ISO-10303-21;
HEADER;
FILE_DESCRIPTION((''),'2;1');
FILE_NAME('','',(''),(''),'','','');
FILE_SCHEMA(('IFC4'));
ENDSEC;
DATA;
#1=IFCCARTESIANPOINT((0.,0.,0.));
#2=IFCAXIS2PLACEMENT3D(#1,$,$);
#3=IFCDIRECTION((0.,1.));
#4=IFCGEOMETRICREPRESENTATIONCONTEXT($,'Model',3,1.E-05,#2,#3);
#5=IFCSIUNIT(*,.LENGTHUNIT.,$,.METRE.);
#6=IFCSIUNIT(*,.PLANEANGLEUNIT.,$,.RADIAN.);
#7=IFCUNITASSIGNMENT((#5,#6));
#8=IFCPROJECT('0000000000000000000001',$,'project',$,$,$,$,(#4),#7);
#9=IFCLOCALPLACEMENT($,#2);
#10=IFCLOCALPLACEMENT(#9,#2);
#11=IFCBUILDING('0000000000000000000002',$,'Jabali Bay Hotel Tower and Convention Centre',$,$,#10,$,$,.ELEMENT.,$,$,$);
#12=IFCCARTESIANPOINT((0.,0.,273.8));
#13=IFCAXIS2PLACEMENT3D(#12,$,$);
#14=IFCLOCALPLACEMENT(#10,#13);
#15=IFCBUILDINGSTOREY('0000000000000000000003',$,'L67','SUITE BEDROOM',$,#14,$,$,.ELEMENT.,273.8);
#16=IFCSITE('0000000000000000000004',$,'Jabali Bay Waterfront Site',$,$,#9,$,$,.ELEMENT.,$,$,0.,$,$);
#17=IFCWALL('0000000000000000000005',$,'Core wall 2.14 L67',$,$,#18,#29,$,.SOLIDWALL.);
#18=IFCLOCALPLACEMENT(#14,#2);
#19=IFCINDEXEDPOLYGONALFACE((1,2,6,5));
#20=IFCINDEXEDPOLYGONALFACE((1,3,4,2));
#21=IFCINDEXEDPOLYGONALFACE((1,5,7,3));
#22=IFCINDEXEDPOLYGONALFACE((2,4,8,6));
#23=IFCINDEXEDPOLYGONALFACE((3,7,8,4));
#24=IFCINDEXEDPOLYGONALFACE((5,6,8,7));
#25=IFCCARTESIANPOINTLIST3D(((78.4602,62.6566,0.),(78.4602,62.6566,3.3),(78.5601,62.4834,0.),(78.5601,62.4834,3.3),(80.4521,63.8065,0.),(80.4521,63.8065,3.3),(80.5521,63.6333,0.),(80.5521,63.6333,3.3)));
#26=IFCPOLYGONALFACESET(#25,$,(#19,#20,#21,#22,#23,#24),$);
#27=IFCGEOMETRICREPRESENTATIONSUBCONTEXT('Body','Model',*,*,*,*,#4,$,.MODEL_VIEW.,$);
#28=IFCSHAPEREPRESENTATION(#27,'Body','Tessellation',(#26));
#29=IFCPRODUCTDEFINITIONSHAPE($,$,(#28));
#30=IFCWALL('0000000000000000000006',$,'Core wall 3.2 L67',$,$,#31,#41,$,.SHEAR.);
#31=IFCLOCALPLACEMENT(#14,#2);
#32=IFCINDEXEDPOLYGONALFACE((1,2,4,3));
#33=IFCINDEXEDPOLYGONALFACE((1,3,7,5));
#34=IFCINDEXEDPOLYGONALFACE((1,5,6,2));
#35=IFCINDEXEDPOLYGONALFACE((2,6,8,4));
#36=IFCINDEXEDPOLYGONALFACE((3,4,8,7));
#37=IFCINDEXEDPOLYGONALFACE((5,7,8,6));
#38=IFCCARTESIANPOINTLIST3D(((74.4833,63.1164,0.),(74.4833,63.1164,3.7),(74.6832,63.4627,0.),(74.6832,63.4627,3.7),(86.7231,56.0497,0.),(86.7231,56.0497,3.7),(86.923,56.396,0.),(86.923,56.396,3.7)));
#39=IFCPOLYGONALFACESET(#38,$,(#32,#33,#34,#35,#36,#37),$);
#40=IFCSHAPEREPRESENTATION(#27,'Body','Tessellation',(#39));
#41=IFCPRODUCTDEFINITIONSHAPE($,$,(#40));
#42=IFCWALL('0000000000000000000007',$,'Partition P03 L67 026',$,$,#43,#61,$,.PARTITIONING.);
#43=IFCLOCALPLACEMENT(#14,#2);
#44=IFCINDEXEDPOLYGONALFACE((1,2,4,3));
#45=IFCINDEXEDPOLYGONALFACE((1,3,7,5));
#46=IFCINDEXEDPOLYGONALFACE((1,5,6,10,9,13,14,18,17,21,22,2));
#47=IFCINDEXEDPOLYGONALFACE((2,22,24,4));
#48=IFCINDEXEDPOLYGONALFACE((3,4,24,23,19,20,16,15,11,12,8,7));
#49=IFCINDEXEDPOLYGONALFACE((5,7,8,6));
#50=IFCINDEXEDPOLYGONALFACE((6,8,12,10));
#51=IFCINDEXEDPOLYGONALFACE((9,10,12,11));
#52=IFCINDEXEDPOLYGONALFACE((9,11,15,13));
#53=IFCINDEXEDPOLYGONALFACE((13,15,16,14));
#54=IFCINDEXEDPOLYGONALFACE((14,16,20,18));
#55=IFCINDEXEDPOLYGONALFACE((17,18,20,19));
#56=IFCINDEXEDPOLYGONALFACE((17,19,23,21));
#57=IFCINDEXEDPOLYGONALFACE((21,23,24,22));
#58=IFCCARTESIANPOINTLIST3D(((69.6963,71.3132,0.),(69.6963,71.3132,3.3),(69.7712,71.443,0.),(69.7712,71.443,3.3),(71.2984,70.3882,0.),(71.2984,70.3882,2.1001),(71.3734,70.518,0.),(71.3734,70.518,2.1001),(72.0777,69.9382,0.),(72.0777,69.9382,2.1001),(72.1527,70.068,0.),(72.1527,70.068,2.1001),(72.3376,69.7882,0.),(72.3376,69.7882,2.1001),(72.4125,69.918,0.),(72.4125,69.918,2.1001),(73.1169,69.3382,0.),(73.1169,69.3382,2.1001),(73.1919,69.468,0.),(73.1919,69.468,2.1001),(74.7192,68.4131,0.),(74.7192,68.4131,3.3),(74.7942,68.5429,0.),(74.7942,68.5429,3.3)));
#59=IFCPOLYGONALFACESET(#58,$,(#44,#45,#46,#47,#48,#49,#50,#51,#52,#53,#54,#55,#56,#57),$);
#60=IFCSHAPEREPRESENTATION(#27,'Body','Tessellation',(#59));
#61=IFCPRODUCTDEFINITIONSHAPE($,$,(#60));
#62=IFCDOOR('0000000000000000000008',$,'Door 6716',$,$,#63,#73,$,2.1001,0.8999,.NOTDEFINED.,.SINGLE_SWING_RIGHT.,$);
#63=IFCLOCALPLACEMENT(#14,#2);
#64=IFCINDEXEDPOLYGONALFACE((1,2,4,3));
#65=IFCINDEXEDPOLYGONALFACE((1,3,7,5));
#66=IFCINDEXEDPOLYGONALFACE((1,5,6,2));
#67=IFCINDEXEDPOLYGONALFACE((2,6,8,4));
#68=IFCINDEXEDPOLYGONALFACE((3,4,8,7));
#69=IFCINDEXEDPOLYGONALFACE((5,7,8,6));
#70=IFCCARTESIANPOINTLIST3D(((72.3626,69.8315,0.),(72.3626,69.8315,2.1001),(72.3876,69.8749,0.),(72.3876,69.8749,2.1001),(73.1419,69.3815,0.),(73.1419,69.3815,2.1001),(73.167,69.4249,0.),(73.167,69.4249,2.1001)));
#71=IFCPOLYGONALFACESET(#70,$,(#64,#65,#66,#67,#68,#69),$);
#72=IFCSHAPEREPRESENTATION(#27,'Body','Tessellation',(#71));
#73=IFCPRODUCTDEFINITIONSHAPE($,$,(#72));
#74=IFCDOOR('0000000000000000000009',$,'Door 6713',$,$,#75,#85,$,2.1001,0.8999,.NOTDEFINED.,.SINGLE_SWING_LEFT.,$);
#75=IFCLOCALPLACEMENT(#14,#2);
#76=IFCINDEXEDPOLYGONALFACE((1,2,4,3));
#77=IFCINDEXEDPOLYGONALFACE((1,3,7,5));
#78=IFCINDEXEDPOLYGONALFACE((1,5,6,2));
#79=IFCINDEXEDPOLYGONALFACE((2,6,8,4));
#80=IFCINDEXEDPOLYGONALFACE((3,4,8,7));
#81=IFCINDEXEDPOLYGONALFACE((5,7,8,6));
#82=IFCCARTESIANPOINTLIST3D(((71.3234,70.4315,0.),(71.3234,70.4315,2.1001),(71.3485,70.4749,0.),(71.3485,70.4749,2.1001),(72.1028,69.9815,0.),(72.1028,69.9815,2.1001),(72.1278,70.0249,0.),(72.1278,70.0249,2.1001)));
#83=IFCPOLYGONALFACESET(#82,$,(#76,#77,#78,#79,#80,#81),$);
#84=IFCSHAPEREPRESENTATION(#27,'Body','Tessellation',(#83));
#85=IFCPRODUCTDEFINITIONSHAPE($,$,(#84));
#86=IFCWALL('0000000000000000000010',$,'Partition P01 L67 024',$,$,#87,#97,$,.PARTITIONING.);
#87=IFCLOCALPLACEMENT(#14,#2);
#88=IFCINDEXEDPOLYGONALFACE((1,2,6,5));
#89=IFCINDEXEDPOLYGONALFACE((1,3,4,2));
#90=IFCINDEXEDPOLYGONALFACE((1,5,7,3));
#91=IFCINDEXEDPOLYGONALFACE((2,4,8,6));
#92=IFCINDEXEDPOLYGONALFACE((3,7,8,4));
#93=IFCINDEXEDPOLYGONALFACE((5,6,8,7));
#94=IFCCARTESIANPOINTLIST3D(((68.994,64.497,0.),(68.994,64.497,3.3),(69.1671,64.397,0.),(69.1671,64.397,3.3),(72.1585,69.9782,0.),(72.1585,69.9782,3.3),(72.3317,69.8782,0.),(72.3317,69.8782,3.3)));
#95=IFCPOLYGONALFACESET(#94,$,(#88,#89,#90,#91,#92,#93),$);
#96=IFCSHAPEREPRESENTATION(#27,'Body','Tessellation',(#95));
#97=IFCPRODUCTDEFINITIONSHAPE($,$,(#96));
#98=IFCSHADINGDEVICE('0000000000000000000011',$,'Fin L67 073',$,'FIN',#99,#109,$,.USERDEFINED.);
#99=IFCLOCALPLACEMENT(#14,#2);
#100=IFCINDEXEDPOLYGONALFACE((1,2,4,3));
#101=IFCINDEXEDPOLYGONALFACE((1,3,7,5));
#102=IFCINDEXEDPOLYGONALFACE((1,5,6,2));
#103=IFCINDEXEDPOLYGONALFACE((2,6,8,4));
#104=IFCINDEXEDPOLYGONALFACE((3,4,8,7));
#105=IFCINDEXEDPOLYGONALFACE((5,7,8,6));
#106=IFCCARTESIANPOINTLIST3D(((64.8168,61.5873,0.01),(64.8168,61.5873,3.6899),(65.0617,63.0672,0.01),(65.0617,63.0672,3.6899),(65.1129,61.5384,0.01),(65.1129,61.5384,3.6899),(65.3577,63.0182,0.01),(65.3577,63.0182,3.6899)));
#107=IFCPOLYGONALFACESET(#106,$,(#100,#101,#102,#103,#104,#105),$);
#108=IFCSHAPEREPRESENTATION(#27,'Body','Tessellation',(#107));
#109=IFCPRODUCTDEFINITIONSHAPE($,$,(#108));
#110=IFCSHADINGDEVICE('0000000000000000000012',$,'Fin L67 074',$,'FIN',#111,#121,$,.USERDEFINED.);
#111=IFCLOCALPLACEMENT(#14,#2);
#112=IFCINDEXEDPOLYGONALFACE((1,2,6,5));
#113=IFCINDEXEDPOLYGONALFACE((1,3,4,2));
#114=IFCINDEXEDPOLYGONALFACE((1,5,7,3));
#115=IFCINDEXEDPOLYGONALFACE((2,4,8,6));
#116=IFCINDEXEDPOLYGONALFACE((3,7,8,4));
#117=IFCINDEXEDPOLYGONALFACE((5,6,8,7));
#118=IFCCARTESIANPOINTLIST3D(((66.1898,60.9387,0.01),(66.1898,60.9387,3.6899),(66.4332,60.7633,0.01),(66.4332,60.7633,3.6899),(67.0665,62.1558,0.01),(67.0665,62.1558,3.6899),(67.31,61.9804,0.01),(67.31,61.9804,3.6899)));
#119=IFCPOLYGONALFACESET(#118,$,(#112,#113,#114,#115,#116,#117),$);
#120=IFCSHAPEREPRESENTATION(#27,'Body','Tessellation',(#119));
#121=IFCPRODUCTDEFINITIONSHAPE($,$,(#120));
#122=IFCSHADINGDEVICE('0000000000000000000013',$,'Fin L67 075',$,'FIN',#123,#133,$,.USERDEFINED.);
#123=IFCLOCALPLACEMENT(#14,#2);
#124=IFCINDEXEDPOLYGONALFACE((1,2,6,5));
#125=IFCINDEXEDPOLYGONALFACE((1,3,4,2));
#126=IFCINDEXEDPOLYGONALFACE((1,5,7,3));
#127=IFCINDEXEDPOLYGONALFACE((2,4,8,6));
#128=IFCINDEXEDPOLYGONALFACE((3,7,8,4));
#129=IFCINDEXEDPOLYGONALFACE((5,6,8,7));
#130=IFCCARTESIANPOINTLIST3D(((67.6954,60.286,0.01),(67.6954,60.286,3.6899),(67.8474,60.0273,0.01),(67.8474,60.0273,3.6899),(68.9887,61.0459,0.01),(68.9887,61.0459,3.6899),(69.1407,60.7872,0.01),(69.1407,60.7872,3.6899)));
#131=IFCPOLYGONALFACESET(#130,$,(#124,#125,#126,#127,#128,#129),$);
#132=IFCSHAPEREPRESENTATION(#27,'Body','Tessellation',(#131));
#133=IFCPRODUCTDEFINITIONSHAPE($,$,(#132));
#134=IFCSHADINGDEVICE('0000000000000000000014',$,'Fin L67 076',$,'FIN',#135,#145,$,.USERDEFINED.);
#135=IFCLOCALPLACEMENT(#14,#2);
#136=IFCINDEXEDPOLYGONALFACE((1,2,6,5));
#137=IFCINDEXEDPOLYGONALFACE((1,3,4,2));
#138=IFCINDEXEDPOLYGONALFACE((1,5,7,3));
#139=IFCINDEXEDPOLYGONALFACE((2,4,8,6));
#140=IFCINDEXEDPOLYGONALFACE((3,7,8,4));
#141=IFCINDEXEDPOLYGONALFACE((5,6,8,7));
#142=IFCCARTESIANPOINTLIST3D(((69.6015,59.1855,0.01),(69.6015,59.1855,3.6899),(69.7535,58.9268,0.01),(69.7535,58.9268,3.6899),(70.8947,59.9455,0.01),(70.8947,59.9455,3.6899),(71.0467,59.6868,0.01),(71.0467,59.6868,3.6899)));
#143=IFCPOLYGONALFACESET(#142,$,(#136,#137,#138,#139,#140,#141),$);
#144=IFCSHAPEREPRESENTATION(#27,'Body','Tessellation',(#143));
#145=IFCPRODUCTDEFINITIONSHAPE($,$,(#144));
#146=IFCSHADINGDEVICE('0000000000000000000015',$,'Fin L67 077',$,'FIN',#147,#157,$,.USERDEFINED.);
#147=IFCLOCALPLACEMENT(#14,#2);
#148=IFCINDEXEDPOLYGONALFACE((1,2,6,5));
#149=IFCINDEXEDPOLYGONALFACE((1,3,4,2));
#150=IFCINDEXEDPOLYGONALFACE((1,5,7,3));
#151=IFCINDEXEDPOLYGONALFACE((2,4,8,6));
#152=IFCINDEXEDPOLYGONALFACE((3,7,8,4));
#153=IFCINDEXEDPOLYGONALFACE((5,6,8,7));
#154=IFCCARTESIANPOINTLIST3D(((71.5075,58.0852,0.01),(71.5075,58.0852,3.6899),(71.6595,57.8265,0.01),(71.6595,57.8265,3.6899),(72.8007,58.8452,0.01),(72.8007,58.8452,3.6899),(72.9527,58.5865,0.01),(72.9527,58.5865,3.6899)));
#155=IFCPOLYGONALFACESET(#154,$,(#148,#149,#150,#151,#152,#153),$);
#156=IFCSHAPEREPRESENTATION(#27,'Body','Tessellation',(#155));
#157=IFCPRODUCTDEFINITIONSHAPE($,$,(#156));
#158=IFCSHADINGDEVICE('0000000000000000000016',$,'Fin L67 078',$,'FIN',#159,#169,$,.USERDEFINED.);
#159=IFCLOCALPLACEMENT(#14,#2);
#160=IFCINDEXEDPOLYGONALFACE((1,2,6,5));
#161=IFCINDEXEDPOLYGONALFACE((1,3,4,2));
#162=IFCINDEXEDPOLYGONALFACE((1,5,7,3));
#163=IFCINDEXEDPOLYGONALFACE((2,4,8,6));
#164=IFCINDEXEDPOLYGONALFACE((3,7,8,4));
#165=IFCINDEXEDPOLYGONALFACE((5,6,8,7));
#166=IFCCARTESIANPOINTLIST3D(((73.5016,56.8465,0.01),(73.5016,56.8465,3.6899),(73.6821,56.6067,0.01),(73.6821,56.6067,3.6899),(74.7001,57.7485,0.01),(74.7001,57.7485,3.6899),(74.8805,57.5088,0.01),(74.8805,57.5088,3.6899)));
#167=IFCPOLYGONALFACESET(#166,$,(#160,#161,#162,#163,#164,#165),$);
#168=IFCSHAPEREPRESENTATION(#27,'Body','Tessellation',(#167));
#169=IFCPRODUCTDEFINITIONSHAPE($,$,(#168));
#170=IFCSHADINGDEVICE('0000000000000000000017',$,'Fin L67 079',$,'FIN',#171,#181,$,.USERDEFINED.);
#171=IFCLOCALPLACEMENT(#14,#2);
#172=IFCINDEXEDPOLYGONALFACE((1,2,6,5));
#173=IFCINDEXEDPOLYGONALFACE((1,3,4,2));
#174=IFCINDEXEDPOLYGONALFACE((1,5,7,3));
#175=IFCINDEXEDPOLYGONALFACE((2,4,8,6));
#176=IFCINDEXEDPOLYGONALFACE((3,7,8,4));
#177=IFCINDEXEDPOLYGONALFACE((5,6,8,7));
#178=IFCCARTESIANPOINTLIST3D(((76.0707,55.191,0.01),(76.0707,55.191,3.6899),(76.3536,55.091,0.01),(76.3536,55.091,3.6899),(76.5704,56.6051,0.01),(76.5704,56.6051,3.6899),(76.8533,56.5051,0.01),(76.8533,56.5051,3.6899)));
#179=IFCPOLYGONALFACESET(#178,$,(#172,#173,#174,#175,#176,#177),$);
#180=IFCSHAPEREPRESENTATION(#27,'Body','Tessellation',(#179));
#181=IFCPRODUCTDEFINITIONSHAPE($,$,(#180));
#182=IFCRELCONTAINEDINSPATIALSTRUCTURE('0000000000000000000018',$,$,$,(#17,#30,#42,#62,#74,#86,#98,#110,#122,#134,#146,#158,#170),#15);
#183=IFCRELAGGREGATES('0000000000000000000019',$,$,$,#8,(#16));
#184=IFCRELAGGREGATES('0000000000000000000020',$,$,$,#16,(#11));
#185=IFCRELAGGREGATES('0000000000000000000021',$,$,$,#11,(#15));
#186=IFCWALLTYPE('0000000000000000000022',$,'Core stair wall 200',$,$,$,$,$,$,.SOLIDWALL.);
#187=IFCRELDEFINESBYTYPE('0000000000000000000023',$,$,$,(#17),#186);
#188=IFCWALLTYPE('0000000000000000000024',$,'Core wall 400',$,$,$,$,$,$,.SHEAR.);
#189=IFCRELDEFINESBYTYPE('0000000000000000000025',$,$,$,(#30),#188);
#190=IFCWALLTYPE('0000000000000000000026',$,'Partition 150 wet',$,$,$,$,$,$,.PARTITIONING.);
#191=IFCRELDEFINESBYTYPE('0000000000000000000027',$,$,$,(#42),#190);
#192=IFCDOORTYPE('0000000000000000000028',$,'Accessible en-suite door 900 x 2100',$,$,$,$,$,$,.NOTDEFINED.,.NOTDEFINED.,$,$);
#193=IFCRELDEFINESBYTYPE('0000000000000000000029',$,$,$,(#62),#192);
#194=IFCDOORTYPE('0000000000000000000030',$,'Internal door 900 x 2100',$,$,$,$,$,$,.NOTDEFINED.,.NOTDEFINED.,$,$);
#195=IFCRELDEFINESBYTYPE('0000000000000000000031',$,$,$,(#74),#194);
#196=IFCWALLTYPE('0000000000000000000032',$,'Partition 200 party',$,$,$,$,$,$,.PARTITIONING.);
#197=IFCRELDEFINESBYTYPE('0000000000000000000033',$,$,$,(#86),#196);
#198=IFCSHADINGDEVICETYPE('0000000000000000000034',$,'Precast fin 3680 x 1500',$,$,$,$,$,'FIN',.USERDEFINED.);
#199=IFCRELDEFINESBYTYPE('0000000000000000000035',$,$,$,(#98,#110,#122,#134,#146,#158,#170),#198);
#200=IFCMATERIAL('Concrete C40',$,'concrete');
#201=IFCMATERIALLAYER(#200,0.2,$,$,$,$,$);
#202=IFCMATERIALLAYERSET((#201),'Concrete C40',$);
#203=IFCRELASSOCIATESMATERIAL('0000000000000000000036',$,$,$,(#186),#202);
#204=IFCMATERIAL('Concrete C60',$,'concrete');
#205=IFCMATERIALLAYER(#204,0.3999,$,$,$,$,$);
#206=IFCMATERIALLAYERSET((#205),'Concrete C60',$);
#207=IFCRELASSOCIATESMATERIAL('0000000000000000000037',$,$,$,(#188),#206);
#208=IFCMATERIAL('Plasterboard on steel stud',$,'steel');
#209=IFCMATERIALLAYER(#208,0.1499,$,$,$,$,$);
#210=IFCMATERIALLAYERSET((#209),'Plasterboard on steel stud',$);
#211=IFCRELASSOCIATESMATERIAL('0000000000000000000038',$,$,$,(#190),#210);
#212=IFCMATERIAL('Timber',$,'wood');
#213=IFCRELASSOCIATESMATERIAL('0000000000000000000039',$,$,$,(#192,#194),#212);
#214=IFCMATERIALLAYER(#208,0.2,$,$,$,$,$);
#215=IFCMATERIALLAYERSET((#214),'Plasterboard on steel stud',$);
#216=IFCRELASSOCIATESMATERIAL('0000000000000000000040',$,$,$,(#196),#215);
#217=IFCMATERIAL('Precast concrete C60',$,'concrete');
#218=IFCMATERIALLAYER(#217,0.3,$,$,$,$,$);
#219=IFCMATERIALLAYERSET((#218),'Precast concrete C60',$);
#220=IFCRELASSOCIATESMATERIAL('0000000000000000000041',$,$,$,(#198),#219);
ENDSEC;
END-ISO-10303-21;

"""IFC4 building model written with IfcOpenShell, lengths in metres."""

from ifc_helpers import new_model, si_unit, direction, frame, frame_2d, origin, place, context, subcontext, project, spatial, rectangle, extrude, material, layer, layer_set, type_object, element, fill, save


model = new_model("IFC4")

# Units and contexts
model_context = context("Model", 3, precision=1e-05, world=origin(), true_north=direction((0.0, 1.0)))
body_context = subcontext(model_context, "Body", "Model", "MODEL_VIEW")
ifc_project = project(units=[si_unit("LENGTHUNIT", "METRE"), si_unit("PLANEANGLEUNIT", "RADIAN")], contexts=[model_context])

# Site, building, storey
site_placement = place(None, origin())
site = spatial("IfcSite", under=ifc_project, at=site_placement, Name="Jabali Bay Waterfront Site", CompositionType="ELEMENT", RefElevation=0.0)
building_placement = place(site_placement, origin())
building = spatial("IfcBuilding", under=site, at=building_placement, Name="Jabali Bay Hotel Tower and Convention Centre", CompositionType="ELEMENT")
storey_placement = place(building_placement, frame((0.0, 0.0, 273.8)))
storey = spatial("IfcBuildingStorey", under=building, at=storey_placement, Name="L67", Description="SUITE BEDROOM", CompositionType="ELEMENT", Elevation=273.8)

# Shared definitions
ifc_material_1 = material(Name="Concrete C60", Category="concrete")

# Shared definitions
ifc_material_2 = material(Name="Concrete C40", Category="concrete")

# Shared definitions
ifc_layer_1 = layer(ifc_material_2, 0.2)
ifc_layer_set_1 = layer_set([ifc_layer_1], Name="Concrete C40")
wall_type_1 = type_object("IfcWallType", Name="Core stair wall 200", PredefinedType="SOLIDWALL", material=ifc_layer_set_1)

# Walls
wall_1_placement = place(storey_placement, frame((78.5103, 62.5701, 0.0), z_axis=(0.0, 0.0, 1.0), x_axis=(0.866053, 0.499952, 0.0)))
element("IfcWall", 1, at=wall_1_placement, inside=storey, type_object=wall_type_1, Name="Core wall 2.14 L67", PredefinedType="SOLIDWALL", context=body_context, shape_type="SweptSolid", body=[
    extrude(rectangle(XDim=2.3, YDim=0.2, at=frame_2d((1.1499, 0.0))), origin(), (0.0, 0.0, 1.0), 3.3),
])
ifc_layer_2 = layer(ifc_material_1, 0.3999)
ifc_layer_set_2 = layer_set([ifc_layer_2], Name="Concrete C60")
wall_type_2 = type_object("IfcWallType", Name="Core wall 400", PredefinedType="SHEAR", material=ifc_layer_set_2)
wall_2_placement = place(storey_placement, frame((74.5833, 63.2896, 0.0), z_axis=(0.0, 0.0, 1.0), x_axis=(0.866024, -0.500002, 0.0)))
element("IfcWall", 2, at=wall_2_placement, inside=storey, type_object=wall_type_2, Name="Core wall 3.2 L67", PredefinedType="SHEAR", context=body_context, shape_type="SweptSolid", body=[
    extrude(rectangle(XDim=14.1333, YDim=0.3999, at=frame_2d((7.0667, 0.0))), origin(), (0.0, 0.0, 1.0), 3.7),
])

# Wall, openings, doors
ifc_material_3 = material(Name="Plasterboard on steel stud", Category="steel")
ifc_layer_3 = layer(ifc_material_3, 0.1499)
ifc_layer_set_3 = layer_set([ifc_layer_3], Name="Plasterboard on steel stud")
wall_type_3 = type_object("IfcWallType", Name="Partition 150 wet", PredefinedType="PARTITIONING", material=ifc_layer_set_3)
wall_3_placement = place(storey_placement, frame((74.7566, 68.478, 0.0), z_axis=(0.0, 0.0, 1.0), x_axis=(-0.866015, 0.500019, 0.0)))
wall_3 = element("IfcWall", 3, at=wall_3_placement, inside=storey, type_object=wall_type_3, Name="Partition P03 L67 026", PredefinedType="PARTITIONING", context=body_context, shape_type="SweptSolid", body=[
    extrude(rectangle(XDim=5.8, YDim=0.1499, at=frame_2d((2.8999, 0.0))), origin(), (0.0, 0.0, 1.0), 3.3),
])
opening_1_placement = place(wall_3_placement, frame((3.05, 0.0, 0.0)))
opening_1 = element("IfcOpeningElement", 4, at=opening_1_placement, cuts=wall_3, PredefinedType="OPENING", context=body_context, shape_type="SweptSolid", body=[
    extrude(rectangle(XDim=0.8999, YDim=2.1001, at=frame_2d((0.45, 1.05))), frame((0.0, 0.0854, 0.0), z_axis=(0.0, -1.0, 0.0), x_axis=(1.0, 0.0, 0.0)), (0.0, 0.0, 1.0), 0.1709),
])
opening_2_placement = place(wall_3_placement, frame((1.8501, 0.0, 0.0)))
opening_2 = element("IfcOpeningElement", 5, at=opening_2_placement, cuts=wall_3, PredefinedType="OPENING", context=body_context, shape_type="SweptSolid", body=[
    extrude(rectangle(XDim=0.8999, YDim=2.1001, at=frame_2d((0.45, 1.05))), frame((0.0, 0.0854, 0.0), z_axis=(0.0, -1.0, 0.0), x_axis=(1.0, 0.0, 0.0)), (0.0, 0.0, 1.0), 0.1709),
])
ifc_material_4 = material(Name="Timber", Category="wood")
door_type_1 = type_object("IfcDoorType", Name="Accessible en-suite door 900 x 2100", OperationType="NOTDEFINED", PredefinedType="NOTDEFINED", material=ifc_material_4)
door_1_placement = place(opening_2_placement, origin())
door_1 = element("IfcDoor", 6, at=door_1_placement, inside=storey, type_object=door_type_1, Name="Door 6716", OperationType="SINGLE_SWING_RIGHT", OverallHeight=2.1001, OverallWidth=0.8999, PredefinedType="NOTDEFINED", context=body_context, shape_type="SweptSolid", body=[
    extrude(rectangle(XDim=0.8999, YDim=2.1001, at=frame_2d((0.45, 1.05))), frame((0.0, 0.0249, 0.0), z_axis=(0.0, -1.0, 0.0), x_axis=(1.0, 0.0, 0.0)), (0.0, 0.0, 1.0), 0.05),
])
fill(opening_2, door_1)
door_type_2 = type_object("IfcDoorType", Name="Internal door 900 x 2100", OperationType="NOTDEFINED", PredefinedType="NOTDEFINED", material=ifc_material_4)
door_2_placement = place(opening_1_placement, origin())
door_2 = element("IfcDoor", 7, at=door_2_placement, inside=storey, type_object=door_type_2, Name="Door 6713", OperationType="SINGLE_SWING_LEFT", OverallHeight=2.1001, OverallWidth=0.8999, PredefinedType="NOTDEFINED", context=body_context, shape_type="SweptSolid", body=[
    extrude(rectangle(XDim=0.8999, YDim=2.1001, at=frame_2d((0.45, 1.05))), frame((0.0, 0.0249, 0.0), z_axis=(0.0, -1.0, 0.0), x_axis=(1.0, 0.0, 0.0)), (0.0, 0.0, 1.0), 0.05),
])
fill(opening_1, door_2)

# Wall
ifc_layer_4 = layer(ifc_material_3, 0.2)
ifc_layer_set_4 = layer_set([ifc_layer_4], Name="Plasterboard on steel stud")
wall_type_4 = type_object("IfcWallType", Name="Partition 200 party", PredefinedType="PARTITIONING", material=ifc_layer_set_4)
wall_4_placement = place(storey_placement, frame((69.0806, 64.447, 0.0), z_axis=(0.0, 0.0, 1.0), x_axis=(0.499997, 0.866027, 0.0)))
element("IfcWall", 8, at=wall_4_placement, inside=storey, type_object=wall_type_4, Name="Partition P01 L67 024", PredefinedType="PARTITIONING", context=body_context, shape_type="SweptSolid", body=[
    extrude(rectangle(XDim=6.3291, YDim=0.2, at=frame_2d((3.1646, 0.0))), origin(), (0.0, 0.0, 1.0), 3.3),
])

# Shading devices
ifc_material_5 = material(Name="Precast concrete C60", Category="concrete")
ifc_layer_5 = layer(ifc_material_5, 0.3)
ifc_layer_set_5 = layer_set([ifc_layer_5], Name="Precast concrete C60")
shading_device_type = type_object("IfcShadingDeviceType", Name="Precast fin 3680 x 1500", ElementType="FIN", PredefinedType="USERDEFINED", material=ifc_layer_set_5)
for number, where, z_axis, x_axis, name in (
    (9, (65.2097, 63.0427, 0.01), (0.0, 0.0, 1.0), (-0.163238, -0.986587, 0.0), "Fin L67 073"),
    (10, (67.1882, 62.0681, 0.01), (0.0, 0.0, 1.0), (-0.584498, -0.811395, 0.0), "Fin L67 074"),
    (11, (69.0647, 60.9165, 0.01), (0.0, 0.0, 1.0), (-0.86221, -0.506551, 0.0), "Fin L67 075"),
    (12, (70.9707, 59.8162, 0.01), (0.0, 0.0, 1.0), (-0.862139, -0.506672, 0.0), "Fin L67 076"),
    (13, (72.8767, 58.7158, 0.01), (0.0, 0.0, 1.0), (-0.862139, -0.506672, 0.0), "Fin L67 077"),
    (14, (74.7903, 57.6287, 0.01), (0.0, 0.0, 1.0), (-0.798964, -0.601379, 0.0), "Fin L67 078"),
):
    element("IfcShadingDevice", number, at=place(storey_placement, frame(where, z_axis=z_axis, x_axis=x_axis)), inside=storey, type_object=shading_device_type, Name=name, ObjectType="FIN", PredefinedType="USERDEFINED", context=body_context, shape_type="SweptSolid", body=[
        extrude(rectangle(XDim=1.5, YDim=0.3, at=frame_2d((0.75, 0.0))), origin(), (0.0, 0.0, 1.0), 3.6799),
    ])
shading_device_placement = place(storey_placement, frame((76.7119, 56.5552, 0.01), z_axis=(0.0, 0.0, 1.0), x_axis=(-0.33322, -0.942849, 0.0)))
element("IfcShadingDevice", 15, at=shading_device_placement, inside=storey, type_object=shading_device_type, Name="Fin L67 079", ObjectType="FIN", PredefinedType="USERDEFINED", context=body_context, shape_type="SweptSolid", body=[
    extrude(rectangle(XDim=1.4998, YDim=0.3, at=frame_2d((0.75, 0.0))), origin(), (0.0, 0.0, 1.0), 3.6799),
])

save(model, "model.ifc")
